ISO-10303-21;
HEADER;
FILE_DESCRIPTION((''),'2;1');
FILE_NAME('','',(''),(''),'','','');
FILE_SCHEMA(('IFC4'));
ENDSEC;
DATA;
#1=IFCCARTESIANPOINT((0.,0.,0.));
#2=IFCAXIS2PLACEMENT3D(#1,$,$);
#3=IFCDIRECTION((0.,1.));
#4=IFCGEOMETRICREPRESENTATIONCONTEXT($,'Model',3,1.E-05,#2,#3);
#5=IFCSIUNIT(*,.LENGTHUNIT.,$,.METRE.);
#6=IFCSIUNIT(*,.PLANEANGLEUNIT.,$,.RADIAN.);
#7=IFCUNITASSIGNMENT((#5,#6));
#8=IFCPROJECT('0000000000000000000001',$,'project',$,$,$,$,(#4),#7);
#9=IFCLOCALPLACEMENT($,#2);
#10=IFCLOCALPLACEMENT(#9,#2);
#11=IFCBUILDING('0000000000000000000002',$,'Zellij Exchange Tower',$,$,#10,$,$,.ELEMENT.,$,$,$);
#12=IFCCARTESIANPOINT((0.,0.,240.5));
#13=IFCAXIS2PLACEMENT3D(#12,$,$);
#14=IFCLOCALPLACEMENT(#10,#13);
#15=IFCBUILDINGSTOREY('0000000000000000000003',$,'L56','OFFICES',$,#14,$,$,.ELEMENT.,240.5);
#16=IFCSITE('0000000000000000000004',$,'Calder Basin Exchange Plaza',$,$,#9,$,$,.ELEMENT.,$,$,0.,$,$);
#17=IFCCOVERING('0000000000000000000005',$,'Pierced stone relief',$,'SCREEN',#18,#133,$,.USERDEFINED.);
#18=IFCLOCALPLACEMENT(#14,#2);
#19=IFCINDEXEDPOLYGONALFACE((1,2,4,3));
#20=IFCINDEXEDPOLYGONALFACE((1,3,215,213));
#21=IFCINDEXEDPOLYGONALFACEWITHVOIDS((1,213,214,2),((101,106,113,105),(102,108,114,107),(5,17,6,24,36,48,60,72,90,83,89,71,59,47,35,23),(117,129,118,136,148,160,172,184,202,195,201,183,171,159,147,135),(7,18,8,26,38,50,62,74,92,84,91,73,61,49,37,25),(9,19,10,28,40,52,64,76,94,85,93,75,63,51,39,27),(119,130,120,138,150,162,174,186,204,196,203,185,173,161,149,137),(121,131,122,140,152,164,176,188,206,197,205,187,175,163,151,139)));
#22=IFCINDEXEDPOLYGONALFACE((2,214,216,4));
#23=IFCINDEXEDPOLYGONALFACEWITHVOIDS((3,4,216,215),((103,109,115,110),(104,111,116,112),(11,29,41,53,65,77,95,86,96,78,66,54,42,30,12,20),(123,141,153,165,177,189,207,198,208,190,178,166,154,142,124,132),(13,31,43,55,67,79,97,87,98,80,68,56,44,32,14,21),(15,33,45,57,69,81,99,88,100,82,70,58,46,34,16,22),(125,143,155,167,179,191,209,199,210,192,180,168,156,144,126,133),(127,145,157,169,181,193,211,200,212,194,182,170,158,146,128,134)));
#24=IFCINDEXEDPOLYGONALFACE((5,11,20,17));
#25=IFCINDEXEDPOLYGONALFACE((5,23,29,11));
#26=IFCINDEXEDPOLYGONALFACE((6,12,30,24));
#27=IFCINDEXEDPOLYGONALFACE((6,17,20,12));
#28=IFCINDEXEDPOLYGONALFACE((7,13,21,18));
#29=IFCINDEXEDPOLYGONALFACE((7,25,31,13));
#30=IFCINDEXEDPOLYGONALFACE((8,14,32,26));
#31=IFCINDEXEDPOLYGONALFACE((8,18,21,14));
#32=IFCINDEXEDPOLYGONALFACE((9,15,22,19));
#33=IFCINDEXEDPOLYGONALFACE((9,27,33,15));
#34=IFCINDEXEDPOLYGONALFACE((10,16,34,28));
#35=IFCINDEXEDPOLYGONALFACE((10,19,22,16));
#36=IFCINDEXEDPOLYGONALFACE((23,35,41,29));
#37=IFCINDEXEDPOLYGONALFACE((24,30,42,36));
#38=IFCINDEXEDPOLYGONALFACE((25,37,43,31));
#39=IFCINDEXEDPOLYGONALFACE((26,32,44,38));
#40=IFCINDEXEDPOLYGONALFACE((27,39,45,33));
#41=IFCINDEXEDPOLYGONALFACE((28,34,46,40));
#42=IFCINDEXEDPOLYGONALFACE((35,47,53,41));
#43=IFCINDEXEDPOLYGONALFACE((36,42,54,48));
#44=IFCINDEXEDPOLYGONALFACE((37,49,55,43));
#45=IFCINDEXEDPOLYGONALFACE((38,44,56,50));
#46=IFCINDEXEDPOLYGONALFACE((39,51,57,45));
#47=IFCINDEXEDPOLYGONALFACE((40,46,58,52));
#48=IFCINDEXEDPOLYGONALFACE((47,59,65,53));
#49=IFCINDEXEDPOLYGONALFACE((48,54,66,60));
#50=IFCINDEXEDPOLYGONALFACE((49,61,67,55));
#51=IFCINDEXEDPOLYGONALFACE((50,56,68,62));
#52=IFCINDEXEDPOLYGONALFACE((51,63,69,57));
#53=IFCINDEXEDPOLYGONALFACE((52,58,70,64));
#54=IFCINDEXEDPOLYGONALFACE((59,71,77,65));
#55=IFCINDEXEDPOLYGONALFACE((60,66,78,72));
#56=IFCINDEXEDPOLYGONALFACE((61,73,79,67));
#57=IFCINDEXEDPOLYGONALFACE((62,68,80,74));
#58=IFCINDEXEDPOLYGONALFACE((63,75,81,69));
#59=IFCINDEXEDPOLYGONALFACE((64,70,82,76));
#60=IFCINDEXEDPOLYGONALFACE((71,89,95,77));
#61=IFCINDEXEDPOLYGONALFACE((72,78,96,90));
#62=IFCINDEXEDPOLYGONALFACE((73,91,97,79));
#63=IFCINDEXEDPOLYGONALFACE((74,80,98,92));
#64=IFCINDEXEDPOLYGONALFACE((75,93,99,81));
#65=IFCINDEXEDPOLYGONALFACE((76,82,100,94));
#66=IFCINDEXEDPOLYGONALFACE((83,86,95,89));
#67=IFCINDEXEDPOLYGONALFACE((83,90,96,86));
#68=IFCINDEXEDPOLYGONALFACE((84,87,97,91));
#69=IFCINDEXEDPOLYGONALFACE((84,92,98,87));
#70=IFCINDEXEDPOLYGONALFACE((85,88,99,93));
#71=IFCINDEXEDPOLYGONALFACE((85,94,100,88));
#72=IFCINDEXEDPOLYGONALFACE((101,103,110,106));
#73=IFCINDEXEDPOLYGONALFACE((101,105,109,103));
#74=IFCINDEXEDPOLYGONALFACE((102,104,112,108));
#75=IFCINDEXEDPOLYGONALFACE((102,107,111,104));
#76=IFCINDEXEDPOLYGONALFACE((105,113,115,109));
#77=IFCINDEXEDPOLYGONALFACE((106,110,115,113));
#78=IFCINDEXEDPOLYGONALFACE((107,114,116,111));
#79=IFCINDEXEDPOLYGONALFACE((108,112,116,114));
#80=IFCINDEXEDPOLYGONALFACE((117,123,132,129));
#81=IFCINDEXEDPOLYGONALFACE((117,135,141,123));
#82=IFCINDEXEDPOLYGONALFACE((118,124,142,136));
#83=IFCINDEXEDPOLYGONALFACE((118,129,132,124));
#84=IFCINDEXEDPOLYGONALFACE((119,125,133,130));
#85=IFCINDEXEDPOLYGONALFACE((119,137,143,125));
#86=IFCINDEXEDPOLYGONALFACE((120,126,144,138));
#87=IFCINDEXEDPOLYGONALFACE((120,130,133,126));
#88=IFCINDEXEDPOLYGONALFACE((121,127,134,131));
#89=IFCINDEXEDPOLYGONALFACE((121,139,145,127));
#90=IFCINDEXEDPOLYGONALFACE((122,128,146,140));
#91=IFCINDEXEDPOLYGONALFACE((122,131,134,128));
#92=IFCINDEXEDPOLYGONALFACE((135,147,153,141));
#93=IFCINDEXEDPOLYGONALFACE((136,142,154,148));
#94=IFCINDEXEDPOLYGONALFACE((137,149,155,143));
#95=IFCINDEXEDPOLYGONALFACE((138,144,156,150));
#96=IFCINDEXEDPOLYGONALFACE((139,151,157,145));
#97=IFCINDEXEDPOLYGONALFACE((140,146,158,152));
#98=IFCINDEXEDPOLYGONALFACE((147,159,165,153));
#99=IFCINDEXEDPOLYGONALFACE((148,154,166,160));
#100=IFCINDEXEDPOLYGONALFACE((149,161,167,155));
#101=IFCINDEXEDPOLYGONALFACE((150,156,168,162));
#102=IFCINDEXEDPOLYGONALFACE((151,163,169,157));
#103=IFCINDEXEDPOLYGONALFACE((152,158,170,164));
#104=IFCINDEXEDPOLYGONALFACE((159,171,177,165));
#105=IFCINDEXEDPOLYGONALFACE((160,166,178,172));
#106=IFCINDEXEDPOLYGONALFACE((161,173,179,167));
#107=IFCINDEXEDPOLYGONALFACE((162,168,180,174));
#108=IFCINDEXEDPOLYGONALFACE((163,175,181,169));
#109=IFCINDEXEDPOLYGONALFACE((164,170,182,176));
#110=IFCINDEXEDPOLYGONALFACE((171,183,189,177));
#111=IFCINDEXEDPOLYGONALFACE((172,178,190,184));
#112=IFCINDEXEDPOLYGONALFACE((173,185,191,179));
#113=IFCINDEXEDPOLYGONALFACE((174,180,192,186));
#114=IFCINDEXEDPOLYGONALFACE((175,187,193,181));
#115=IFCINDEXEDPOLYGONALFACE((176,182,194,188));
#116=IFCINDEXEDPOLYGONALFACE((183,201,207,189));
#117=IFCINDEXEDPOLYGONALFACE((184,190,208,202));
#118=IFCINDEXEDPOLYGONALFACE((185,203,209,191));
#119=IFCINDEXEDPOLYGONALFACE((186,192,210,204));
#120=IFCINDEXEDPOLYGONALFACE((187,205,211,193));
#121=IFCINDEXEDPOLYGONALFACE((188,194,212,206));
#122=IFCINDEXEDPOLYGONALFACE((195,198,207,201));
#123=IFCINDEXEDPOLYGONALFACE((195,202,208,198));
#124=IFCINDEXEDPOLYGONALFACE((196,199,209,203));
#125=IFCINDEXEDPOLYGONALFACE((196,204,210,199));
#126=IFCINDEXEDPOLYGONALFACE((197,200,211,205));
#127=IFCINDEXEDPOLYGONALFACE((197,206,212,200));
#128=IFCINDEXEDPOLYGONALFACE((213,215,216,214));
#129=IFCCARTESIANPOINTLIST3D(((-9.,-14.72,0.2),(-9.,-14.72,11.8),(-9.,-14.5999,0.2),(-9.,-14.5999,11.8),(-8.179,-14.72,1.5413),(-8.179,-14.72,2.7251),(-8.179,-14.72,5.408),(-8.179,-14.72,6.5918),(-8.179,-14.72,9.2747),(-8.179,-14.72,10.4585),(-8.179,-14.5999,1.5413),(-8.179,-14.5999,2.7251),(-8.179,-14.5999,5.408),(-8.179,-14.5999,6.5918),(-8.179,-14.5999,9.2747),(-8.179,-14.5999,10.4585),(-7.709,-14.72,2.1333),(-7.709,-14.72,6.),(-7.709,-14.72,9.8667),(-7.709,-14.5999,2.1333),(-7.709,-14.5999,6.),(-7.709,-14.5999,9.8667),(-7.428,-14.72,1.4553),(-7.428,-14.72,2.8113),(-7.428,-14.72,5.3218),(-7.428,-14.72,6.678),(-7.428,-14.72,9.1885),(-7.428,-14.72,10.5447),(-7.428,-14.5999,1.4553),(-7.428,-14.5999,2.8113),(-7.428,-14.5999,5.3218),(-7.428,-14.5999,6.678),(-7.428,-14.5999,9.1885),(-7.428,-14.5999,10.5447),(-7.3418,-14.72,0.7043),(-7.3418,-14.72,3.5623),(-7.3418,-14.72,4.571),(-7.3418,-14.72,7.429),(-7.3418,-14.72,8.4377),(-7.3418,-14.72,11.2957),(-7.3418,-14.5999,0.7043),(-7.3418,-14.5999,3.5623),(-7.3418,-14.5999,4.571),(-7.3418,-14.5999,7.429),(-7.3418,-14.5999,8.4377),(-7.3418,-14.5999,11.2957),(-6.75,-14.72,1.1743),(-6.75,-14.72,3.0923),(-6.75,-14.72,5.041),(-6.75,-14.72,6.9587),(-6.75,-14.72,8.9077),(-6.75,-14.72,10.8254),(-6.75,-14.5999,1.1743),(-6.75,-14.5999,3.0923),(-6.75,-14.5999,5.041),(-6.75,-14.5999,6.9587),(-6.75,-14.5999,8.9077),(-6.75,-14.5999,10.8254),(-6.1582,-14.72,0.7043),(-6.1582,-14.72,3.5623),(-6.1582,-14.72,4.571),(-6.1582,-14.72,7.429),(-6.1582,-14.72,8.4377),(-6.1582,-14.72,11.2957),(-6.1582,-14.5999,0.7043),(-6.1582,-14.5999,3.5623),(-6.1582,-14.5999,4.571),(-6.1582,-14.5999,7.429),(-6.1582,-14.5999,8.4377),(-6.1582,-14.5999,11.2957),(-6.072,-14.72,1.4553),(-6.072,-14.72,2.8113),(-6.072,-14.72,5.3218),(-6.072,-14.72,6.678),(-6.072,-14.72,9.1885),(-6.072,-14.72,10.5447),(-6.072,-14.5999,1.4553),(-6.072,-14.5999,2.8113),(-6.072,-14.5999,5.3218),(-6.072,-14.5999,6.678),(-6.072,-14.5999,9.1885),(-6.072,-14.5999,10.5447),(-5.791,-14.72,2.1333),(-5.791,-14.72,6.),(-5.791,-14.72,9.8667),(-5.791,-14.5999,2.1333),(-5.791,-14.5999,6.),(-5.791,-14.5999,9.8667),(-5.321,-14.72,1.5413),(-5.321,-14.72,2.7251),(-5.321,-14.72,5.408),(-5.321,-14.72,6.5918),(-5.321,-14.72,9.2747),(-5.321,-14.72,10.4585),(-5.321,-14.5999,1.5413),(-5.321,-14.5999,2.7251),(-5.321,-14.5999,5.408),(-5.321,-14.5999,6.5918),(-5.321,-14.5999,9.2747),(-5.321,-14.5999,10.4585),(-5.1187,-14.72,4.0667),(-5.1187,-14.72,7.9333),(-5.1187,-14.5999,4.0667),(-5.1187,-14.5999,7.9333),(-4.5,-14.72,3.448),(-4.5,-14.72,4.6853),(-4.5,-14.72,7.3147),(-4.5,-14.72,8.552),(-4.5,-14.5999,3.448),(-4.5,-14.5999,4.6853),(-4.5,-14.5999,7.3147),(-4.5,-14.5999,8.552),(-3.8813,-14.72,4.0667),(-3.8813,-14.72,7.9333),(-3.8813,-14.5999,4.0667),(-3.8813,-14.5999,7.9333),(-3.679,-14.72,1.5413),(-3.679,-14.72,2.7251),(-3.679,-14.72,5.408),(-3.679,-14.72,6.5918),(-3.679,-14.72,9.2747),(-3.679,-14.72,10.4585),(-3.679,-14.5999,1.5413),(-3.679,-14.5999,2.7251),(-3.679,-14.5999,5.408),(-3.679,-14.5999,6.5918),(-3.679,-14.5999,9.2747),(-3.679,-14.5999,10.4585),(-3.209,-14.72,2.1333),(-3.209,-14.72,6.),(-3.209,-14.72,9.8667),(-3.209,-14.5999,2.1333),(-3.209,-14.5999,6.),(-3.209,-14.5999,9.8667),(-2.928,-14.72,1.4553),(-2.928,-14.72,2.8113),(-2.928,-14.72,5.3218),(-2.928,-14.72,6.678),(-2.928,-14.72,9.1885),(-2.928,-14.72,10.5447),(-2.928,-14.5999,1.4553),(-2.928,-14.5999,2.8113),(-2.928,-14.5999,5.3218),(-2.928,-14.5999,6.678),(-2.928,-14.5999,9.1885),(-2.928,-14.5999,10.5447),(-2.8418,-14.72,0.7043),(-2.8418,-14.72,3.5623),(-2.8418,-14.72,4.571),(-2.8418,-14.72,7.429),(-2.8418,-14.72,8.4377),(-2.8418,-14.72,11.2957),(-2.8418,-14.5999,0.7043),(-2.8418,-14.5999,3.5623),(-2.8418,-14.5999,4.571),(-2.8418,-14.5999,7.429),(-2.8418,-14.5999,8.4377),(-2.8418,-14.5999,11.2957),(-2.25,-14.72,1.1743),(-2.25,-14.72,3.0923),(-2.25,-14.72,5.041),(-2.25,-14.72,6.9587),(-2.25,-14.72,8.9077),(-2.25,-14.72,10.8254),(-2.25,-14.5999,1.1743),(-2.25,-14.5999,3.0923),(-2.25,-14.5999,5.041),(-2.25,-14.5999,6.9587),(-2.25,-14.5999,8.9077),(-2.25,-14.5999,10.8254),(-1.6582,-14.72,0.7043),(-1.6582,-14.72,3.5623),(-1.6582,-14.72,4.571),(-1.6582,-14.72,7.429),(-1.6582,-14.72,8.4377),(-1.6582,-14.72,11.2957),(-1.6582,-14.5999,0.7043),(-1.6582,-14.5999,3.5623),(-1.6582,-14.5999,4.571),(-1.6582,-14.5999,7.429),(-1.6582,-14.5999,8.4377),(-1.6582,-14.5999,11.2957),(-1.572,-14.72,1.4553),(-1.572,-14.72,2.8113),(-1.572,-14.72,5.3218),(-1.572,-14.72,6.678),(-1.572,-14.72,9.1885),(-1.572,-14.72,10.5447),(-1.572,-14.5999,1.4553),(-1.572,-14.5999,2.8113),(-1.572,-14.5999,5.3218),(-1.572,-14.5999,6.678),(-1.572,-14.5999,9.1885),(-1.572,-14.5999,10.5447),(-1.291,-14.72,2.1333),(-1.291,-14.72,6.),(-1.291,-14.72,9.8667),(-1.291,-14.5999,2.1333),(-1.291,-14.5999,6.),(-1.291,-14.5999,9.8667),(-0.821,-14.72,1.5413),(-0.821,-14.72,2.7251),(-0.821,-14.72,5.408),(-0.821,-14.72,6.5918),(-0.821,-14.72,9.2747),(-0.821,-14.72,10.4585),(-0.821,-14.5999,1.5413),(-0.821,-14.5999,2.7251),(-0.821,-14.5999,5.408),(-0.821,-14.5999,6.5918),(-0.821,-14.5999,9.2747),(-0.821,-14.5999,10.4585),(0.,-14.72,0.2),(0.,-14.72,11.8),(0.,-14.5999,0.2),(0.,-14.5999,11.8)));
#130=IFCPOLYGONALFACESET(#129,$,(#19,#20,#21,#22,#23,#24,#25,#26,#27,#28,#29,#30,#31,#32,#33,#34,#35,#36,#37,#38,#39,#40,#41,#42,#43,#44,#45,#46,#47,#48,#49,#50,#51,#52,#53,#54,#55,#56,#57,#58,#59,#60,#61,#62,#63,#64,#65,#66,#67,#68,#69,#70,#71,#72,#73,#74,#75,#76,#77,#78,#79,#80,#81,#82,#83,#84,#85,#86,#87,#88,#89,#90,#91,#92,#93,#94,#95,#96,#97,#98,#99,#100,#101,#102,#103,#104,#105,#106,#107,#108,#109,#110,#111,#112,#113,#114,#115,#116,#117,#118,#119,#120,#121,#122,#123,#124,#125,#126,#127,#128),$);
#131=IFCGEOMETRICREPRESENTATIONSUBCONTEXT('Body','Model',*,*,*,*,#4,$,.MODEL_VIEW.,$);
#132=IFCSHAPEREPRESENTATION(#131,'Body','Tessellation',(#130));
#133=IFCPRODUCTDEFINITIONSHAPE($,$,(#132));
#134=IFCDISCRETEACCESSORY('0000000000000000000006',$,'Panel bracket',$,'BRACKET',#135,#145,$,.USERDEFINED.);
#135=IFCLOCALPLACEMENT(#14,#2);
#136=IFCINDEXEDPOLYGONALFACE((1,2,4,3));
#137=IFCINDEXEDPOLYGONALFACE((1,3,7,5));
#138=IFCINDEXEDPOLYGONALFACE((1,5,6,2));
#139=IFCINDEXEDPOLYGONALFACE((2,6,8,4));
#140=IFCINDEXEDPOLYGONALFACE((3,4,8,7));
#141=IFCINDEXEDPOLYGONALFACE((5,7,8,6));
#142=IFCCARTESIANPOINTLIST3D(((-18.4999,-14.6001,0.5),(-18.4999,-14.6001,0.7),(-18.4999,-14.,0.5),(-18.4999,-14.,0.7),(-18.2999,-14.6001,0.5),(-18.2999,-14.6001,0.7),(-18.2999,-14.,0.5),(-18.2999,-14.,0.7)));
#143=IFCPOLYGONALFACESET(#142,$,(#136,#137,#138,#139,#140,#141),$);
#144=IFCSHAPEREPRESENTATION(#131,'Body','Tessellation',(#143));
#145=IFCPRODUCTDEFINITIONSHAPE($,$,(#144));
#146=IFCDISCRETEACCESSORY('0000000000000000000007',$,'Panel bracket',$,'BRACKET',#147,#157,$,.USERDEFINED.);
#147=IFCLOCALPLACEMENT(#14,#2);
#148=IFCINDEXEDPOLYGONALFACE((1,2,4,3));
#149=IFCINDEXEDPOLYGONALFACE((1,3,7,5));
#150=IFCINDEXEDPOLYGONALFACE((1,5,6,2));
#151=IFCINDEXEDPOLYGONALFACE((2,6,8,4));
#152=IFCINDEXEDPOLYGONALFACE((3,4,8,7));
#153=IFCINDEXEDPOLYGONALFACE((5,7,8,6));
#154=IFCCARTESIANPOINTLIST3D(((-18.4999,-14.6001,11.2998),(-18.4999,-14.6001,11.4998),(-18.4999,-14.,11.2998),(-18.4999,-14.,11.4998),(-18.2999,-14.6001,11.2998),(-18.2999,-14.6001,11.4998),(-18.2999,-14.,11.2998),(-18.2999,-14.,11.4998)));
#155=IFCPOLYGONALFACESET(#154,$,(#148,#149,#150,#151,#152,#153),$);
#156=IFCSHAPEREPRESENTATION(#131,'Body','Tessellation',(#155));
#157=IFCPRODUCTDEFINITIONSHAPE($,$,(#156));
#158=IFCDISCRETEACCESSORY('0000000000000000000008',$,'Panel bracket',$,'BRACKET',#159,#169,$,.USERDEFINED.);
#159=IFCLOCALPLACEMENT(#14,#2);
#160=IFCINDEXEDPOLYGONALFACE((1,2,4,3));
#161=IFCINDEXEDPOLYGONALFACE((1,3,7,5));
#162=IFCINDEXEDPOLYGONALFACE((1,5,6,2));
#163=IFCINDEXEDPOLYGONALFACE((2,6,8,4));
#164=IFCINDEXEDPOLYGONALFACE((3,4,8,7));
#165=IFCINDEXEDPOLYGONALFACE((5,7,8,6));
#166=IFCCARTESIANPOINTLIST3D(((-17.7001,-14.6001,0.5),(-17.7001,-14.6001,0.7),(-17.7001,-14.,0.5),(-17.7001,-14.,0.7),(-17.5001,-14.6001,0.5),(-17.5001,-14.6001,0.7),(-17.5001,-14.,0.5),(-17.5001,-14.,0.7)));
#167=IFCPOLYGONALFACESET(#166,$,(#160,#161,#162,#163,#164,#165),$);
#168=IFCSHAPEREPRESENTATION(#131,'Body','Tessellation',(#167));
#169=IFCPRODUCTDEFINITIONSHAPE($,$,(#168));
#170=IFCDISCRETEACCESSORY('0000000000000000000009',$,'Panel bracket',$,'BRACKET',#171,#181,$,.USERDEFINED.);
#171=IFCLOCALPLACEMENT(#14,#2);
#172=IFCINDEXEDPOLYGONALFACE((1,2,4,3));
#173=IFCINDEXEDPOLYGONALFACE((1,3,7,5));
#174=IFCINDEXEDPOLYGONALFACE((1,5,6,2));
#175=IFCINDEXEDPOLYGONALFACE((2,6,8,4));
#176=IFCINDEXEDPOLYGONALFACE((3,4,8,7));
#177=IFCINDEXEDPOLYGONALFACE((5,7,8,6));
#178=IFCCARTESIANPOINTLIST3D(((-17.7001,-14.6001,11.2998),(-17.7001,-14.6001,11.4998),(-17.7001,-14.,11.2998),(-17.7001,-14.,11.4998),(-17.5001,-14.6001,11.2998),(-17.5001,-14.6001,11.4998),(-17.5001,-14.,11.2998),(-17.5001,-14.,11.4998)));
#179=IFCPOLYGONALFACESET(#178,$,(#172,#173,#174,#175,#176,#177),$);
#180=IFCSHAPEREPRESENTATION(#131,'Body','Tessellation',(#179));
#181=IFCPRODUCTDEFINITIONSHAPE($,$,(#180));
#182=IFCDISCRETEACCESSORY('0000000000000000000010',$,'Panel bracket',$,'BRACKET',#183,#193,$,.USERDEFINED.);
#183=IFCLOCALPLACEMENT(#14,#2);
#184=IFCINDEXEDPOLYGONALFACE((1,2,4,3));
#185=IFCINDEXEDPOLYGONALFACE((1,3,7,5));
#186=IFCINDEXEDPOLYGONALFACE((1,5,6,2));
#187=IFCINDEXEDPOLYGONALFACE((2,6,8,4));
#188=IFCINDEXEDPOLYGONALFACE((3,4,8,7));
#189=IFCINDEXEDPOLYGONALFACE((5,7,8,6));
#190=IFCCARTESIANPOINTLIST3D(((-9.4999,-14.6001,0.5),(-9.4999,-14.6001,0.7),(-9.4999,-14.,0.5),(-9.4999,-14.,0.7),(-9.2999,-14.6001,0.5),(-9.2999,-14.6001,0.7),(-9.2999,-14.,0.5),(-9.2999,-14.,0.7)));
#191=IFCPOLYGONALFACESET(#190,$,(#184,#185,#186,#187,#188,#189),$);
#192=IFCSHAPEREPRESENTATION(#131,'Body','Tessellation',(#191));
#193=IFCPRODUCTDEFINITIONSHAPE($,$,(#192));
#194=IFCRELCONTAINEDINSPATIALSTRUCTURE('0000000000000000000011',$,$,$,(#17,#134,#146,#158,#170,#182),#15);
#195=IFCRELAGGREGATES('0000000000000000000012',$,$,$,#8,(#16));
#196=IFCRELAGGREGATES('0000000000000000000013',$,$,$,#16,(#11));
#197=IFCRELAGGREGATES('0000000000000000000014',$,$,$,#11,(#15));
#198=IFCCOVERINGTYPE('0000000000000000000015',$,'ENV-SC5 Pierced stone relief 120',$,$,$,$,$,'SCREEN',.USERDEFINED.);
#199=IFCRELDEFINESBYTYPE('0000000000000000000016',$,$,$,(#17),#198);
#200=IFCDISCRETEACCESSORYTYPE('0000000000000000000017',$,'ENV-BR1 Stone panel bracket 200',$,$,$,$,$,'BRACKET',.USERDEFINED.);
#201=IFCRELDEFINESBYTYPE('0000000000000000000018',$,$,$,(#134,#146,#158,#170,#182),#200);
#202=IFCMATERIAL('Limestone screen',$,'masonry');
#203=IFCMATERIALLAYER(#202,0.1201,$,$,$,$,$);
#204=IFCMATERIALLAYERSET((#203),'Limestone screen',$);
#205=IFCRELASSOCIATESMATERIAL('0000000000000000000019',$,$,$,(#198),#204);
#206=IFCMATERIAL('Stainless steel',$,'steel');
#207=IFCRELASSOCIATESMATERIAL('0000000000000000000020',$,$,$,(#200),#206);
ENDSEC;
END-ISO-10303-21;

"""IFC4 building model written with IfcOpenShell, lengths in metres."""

from ifc_helpers import new_model, si_unit, direction, frame, origin, origin_2d, place, context, subcontext, project, spatial, polyline, rectangle, outline, extrude, material, layer, layer_set, type_object, element, save


model = new_model("IFC4")

# Units and contexts
model_context = context("Model", 3, precision=1e-05, world=origin(), true_north=direction((0.0, 1.0)))
body_context = subcontext(model_context, "Body", "Model", "MODEL_VIEW")
ifc_project = project(units=[si_unit("LENGTHUNIT", "METRE"), si_unit("PLANEANGLEUNIT", "RADIAN")], contexts=[model_context])

# Site, building, storey
site_placement = place(None, origin())
site = spatial("IfcSite", under=ifc_project, at=site_placement, Name="Calder Basin Exchange Plaza", CompositionType="ELEMENT", RefElevation=0.0)
building_placement = place(site_placement, origin())
building = spatial("IfcBuilding", under=site, at=building_placement, Name="Zellij Exchange Tower", CompositionType="ELEMENT")
storey_placement = place(building_placement, frame((0.0, 0.0, 240.5)))
storey = spatial("IfcBuildingStorey", under=building, at=storey_placement, Name="L56", Description="OFFICES", CompositionType="ELEMENT", Elevation=240.5)

# Shared definitions
ifc_material_1 = material(Name="Stainless steel", Category="steel")

# Covering
ifc_material_2 = material(Name="Limestone screen", Category="masonry")
ifc_layer_1 = layer(ifc_material_2, 0.1201)
ifc_layer_set_1 = layer_set([ifc_layer_1], Name="Limestone screen")
covering_type = type_object("IfcCoveringType", Name="ENV-SC5 Pierced stone relief 120", ElementType="SCREEN", PredefinedType="USERDEFINED", material=ifc_layer_set_1)
covering_1_placement = place(storey_placement, frame((-9.0, -14.6599, 0.2), z_axis=(0.0, 0.0, 1.0), x_axis=(1.0, 0.0, 0.0)))
element("IfcCovering", 1, at=covering_1_placement, inside=storey, type_object=covering_type, Name="Pierced stone relief", ObjectType="SCREEN", PredefinedType="USERDEFINED", context=body_context, shape_type="SweptSolid", body=[
    extrude(outline(polyline([(0.0, 0.0), (9.0, 0.0), (9.0, 11.6001), (0.0, 11.6001), (0.0, 0.0)]), holes=[polyline([(3.679, 2.5251), (2.928, 2.6113), (2.8418, 3.3623), (2.25, 2.8923), (1.6582, 3.3623), (1.572, 2.6113), (0.821, 2.5251), (1.291, 1.9333), (0.821, 1.3413), (1.572, 1.2554), (1.6582, 0.5044), (2.25, 0.9744), (2.8418, 0.5044), (2.928, 1.2554), (3.679, 1.3413), (3.209, 1.9333), (3.679, 2.5251)]), polyline([(3.679, 6.3918), (2.928, 6.478), (2.8418, 7.229), (2.25, 6.7588), (1.6582, 7.229), (1.572, 6.478), (0.821, 6.3918), (1.291, 5.8), (0.821, 5.208), (1.572, 5.1218), (1.6582, 4.3711), (2.25, 4.8411), (2.8418, 4.3711), (2.928, 5.1218), (3.679, 5.208), (3.209, 5.8), (3.679, 6.3918)]), polyline([(3.679, 10.2585), (2.928, 10.3447), (2.8418, 11.0957), (2.25, 10.6255), (1.6582, 11.0957), (1.572, 10.3447), (0.821, 10.2585), (1.291, 9.6667), (0.821, 9.0747), (1.572, 8.9885), (1.6582, 8.2378), (2.25, 8.7078), (2.8418, 8.2378), (2.928, 8.9885), (3.679, 9.0747), (3.209, 9.6667), (3.679, 10.2585)]), polyline([(8.179, 2.5251), (7.428, 2.6113), (7.3418, 3.3623), (6.75, 2.8923), (6.1582, 3.3623), (6.072, 2.6113), (5.321, 2.5251), (5.791, 1.9333), (5.321, 1.3413), (6.072, 1.2554), (6.1582, 0.5044), (6.75, 0.9744), (7.3418, 0.5044), (7.428, 1.2554), (8.179, 1.3413), (7.709, 1.9333), (8.179, 2.5251)]), polyline([(8.179, 6.3918), (7.428, 6.478), (7.3418, 7.229), (6.75, 6.7588), (6.1582, 7.229), (6.072, 6.478), (5.321, 6.3918), (5.791, 5.8), (5.321, 5.208), (6.072, 5.1218), (6.1582, 4.3711), (6.75, 4.8411), (7.3418, 4.3711), (7.428, 5.1218), (8.179, 5.208), (7.709, 5.8), (8.179, 6.3918)]), polyline([(8.179, 10.2585), (7.428, 10.3447), (7.3418, 11.0957), (6.75, 10.6255), (6.1582, 11.0957), (6.072, 10.3447), (5.321, 10.2585), (5.791, 9.6667), (5.321, 9.0747), (6.072, 8.9885), (6.1582, 8.2378), (6.75, 8.7078), (7.3418, 8.2378), (7.428, 8.9885), (8.179, 9.0747), (7.709, 9.6667), (8.179, 10.2585)]), polyline([(5.1187, 3.8667), (4.5, 4.4854), (3.8813, 3.8667), (4.5, 3.248), (5.1187, 3.8667)]), polyline([(5.1187, 7.7334), (4.5, 8.3521), (3.8813, 7.7334), (4.5, 7.1147), (5.1187, 7.7334)])]), frame((0.0, 0.0601, 0.0), z_axis=(0.0, -1.0, 0.0), x_axis=(1.0, 0.0, 0.0)), (0.0, 0.0, 1.0), 0.1201),
])

# Discrete accessories
discrete_accessory_type = type_object("IfcDiscreteAccessoryType", Name="ENV-BR1 Stone panel bracket 200", ElementType="BRACKET", PredefinedType="USERDEFINED", material=ifc_material_1)
for number, where, z_axis, x_axis, name in (
    (2, (-18.3999, -14.3, 0.5), (0.0, 0.0, 1.0), (1.0, 0.0, 0.0), "Panel bracket"),
    (3, (-18.3999, -14.3, 11.2998), (0.0, 0.0, 1.0), (1.0, 0.0, 0.0), "Panel bracket"),
    (4, (-17.6001, -14.3, 0.5), (0.0, 0.0, 1.0), (1.0, 0.0, 0.0), "Panel bracket"),
    (5, (-17.6001, -14.3, 11.2998), (0.0, 0.0, 1.0), (1.0, 0.0, 0.0), "Panel bracket"),
    (6, (-9.3999, -14.3, 0.5), (0.0, 0.0, 1.0), (1.0, 0.0, 0.0), "Panel bracket"),
):
    element("IfcDiscreteAccessory", number, at=place(storey_placement, frame(where, z_axis=z_axis, x_axis=x_axis)), inside=storey, type_object=discrete_accessory_type, Name=name, ObjectType="BRACKET", PredefinedType="USERDEFINED", context=body_context, shape_type="SweptSolid", body=[
        extrude(rectangle(XDim=0.2, YDim=0.6001, at=origin_2d()), origin(), (0.0, 0.0, 1.0), 0.2),
    ])

save(model, "model.ifc")
